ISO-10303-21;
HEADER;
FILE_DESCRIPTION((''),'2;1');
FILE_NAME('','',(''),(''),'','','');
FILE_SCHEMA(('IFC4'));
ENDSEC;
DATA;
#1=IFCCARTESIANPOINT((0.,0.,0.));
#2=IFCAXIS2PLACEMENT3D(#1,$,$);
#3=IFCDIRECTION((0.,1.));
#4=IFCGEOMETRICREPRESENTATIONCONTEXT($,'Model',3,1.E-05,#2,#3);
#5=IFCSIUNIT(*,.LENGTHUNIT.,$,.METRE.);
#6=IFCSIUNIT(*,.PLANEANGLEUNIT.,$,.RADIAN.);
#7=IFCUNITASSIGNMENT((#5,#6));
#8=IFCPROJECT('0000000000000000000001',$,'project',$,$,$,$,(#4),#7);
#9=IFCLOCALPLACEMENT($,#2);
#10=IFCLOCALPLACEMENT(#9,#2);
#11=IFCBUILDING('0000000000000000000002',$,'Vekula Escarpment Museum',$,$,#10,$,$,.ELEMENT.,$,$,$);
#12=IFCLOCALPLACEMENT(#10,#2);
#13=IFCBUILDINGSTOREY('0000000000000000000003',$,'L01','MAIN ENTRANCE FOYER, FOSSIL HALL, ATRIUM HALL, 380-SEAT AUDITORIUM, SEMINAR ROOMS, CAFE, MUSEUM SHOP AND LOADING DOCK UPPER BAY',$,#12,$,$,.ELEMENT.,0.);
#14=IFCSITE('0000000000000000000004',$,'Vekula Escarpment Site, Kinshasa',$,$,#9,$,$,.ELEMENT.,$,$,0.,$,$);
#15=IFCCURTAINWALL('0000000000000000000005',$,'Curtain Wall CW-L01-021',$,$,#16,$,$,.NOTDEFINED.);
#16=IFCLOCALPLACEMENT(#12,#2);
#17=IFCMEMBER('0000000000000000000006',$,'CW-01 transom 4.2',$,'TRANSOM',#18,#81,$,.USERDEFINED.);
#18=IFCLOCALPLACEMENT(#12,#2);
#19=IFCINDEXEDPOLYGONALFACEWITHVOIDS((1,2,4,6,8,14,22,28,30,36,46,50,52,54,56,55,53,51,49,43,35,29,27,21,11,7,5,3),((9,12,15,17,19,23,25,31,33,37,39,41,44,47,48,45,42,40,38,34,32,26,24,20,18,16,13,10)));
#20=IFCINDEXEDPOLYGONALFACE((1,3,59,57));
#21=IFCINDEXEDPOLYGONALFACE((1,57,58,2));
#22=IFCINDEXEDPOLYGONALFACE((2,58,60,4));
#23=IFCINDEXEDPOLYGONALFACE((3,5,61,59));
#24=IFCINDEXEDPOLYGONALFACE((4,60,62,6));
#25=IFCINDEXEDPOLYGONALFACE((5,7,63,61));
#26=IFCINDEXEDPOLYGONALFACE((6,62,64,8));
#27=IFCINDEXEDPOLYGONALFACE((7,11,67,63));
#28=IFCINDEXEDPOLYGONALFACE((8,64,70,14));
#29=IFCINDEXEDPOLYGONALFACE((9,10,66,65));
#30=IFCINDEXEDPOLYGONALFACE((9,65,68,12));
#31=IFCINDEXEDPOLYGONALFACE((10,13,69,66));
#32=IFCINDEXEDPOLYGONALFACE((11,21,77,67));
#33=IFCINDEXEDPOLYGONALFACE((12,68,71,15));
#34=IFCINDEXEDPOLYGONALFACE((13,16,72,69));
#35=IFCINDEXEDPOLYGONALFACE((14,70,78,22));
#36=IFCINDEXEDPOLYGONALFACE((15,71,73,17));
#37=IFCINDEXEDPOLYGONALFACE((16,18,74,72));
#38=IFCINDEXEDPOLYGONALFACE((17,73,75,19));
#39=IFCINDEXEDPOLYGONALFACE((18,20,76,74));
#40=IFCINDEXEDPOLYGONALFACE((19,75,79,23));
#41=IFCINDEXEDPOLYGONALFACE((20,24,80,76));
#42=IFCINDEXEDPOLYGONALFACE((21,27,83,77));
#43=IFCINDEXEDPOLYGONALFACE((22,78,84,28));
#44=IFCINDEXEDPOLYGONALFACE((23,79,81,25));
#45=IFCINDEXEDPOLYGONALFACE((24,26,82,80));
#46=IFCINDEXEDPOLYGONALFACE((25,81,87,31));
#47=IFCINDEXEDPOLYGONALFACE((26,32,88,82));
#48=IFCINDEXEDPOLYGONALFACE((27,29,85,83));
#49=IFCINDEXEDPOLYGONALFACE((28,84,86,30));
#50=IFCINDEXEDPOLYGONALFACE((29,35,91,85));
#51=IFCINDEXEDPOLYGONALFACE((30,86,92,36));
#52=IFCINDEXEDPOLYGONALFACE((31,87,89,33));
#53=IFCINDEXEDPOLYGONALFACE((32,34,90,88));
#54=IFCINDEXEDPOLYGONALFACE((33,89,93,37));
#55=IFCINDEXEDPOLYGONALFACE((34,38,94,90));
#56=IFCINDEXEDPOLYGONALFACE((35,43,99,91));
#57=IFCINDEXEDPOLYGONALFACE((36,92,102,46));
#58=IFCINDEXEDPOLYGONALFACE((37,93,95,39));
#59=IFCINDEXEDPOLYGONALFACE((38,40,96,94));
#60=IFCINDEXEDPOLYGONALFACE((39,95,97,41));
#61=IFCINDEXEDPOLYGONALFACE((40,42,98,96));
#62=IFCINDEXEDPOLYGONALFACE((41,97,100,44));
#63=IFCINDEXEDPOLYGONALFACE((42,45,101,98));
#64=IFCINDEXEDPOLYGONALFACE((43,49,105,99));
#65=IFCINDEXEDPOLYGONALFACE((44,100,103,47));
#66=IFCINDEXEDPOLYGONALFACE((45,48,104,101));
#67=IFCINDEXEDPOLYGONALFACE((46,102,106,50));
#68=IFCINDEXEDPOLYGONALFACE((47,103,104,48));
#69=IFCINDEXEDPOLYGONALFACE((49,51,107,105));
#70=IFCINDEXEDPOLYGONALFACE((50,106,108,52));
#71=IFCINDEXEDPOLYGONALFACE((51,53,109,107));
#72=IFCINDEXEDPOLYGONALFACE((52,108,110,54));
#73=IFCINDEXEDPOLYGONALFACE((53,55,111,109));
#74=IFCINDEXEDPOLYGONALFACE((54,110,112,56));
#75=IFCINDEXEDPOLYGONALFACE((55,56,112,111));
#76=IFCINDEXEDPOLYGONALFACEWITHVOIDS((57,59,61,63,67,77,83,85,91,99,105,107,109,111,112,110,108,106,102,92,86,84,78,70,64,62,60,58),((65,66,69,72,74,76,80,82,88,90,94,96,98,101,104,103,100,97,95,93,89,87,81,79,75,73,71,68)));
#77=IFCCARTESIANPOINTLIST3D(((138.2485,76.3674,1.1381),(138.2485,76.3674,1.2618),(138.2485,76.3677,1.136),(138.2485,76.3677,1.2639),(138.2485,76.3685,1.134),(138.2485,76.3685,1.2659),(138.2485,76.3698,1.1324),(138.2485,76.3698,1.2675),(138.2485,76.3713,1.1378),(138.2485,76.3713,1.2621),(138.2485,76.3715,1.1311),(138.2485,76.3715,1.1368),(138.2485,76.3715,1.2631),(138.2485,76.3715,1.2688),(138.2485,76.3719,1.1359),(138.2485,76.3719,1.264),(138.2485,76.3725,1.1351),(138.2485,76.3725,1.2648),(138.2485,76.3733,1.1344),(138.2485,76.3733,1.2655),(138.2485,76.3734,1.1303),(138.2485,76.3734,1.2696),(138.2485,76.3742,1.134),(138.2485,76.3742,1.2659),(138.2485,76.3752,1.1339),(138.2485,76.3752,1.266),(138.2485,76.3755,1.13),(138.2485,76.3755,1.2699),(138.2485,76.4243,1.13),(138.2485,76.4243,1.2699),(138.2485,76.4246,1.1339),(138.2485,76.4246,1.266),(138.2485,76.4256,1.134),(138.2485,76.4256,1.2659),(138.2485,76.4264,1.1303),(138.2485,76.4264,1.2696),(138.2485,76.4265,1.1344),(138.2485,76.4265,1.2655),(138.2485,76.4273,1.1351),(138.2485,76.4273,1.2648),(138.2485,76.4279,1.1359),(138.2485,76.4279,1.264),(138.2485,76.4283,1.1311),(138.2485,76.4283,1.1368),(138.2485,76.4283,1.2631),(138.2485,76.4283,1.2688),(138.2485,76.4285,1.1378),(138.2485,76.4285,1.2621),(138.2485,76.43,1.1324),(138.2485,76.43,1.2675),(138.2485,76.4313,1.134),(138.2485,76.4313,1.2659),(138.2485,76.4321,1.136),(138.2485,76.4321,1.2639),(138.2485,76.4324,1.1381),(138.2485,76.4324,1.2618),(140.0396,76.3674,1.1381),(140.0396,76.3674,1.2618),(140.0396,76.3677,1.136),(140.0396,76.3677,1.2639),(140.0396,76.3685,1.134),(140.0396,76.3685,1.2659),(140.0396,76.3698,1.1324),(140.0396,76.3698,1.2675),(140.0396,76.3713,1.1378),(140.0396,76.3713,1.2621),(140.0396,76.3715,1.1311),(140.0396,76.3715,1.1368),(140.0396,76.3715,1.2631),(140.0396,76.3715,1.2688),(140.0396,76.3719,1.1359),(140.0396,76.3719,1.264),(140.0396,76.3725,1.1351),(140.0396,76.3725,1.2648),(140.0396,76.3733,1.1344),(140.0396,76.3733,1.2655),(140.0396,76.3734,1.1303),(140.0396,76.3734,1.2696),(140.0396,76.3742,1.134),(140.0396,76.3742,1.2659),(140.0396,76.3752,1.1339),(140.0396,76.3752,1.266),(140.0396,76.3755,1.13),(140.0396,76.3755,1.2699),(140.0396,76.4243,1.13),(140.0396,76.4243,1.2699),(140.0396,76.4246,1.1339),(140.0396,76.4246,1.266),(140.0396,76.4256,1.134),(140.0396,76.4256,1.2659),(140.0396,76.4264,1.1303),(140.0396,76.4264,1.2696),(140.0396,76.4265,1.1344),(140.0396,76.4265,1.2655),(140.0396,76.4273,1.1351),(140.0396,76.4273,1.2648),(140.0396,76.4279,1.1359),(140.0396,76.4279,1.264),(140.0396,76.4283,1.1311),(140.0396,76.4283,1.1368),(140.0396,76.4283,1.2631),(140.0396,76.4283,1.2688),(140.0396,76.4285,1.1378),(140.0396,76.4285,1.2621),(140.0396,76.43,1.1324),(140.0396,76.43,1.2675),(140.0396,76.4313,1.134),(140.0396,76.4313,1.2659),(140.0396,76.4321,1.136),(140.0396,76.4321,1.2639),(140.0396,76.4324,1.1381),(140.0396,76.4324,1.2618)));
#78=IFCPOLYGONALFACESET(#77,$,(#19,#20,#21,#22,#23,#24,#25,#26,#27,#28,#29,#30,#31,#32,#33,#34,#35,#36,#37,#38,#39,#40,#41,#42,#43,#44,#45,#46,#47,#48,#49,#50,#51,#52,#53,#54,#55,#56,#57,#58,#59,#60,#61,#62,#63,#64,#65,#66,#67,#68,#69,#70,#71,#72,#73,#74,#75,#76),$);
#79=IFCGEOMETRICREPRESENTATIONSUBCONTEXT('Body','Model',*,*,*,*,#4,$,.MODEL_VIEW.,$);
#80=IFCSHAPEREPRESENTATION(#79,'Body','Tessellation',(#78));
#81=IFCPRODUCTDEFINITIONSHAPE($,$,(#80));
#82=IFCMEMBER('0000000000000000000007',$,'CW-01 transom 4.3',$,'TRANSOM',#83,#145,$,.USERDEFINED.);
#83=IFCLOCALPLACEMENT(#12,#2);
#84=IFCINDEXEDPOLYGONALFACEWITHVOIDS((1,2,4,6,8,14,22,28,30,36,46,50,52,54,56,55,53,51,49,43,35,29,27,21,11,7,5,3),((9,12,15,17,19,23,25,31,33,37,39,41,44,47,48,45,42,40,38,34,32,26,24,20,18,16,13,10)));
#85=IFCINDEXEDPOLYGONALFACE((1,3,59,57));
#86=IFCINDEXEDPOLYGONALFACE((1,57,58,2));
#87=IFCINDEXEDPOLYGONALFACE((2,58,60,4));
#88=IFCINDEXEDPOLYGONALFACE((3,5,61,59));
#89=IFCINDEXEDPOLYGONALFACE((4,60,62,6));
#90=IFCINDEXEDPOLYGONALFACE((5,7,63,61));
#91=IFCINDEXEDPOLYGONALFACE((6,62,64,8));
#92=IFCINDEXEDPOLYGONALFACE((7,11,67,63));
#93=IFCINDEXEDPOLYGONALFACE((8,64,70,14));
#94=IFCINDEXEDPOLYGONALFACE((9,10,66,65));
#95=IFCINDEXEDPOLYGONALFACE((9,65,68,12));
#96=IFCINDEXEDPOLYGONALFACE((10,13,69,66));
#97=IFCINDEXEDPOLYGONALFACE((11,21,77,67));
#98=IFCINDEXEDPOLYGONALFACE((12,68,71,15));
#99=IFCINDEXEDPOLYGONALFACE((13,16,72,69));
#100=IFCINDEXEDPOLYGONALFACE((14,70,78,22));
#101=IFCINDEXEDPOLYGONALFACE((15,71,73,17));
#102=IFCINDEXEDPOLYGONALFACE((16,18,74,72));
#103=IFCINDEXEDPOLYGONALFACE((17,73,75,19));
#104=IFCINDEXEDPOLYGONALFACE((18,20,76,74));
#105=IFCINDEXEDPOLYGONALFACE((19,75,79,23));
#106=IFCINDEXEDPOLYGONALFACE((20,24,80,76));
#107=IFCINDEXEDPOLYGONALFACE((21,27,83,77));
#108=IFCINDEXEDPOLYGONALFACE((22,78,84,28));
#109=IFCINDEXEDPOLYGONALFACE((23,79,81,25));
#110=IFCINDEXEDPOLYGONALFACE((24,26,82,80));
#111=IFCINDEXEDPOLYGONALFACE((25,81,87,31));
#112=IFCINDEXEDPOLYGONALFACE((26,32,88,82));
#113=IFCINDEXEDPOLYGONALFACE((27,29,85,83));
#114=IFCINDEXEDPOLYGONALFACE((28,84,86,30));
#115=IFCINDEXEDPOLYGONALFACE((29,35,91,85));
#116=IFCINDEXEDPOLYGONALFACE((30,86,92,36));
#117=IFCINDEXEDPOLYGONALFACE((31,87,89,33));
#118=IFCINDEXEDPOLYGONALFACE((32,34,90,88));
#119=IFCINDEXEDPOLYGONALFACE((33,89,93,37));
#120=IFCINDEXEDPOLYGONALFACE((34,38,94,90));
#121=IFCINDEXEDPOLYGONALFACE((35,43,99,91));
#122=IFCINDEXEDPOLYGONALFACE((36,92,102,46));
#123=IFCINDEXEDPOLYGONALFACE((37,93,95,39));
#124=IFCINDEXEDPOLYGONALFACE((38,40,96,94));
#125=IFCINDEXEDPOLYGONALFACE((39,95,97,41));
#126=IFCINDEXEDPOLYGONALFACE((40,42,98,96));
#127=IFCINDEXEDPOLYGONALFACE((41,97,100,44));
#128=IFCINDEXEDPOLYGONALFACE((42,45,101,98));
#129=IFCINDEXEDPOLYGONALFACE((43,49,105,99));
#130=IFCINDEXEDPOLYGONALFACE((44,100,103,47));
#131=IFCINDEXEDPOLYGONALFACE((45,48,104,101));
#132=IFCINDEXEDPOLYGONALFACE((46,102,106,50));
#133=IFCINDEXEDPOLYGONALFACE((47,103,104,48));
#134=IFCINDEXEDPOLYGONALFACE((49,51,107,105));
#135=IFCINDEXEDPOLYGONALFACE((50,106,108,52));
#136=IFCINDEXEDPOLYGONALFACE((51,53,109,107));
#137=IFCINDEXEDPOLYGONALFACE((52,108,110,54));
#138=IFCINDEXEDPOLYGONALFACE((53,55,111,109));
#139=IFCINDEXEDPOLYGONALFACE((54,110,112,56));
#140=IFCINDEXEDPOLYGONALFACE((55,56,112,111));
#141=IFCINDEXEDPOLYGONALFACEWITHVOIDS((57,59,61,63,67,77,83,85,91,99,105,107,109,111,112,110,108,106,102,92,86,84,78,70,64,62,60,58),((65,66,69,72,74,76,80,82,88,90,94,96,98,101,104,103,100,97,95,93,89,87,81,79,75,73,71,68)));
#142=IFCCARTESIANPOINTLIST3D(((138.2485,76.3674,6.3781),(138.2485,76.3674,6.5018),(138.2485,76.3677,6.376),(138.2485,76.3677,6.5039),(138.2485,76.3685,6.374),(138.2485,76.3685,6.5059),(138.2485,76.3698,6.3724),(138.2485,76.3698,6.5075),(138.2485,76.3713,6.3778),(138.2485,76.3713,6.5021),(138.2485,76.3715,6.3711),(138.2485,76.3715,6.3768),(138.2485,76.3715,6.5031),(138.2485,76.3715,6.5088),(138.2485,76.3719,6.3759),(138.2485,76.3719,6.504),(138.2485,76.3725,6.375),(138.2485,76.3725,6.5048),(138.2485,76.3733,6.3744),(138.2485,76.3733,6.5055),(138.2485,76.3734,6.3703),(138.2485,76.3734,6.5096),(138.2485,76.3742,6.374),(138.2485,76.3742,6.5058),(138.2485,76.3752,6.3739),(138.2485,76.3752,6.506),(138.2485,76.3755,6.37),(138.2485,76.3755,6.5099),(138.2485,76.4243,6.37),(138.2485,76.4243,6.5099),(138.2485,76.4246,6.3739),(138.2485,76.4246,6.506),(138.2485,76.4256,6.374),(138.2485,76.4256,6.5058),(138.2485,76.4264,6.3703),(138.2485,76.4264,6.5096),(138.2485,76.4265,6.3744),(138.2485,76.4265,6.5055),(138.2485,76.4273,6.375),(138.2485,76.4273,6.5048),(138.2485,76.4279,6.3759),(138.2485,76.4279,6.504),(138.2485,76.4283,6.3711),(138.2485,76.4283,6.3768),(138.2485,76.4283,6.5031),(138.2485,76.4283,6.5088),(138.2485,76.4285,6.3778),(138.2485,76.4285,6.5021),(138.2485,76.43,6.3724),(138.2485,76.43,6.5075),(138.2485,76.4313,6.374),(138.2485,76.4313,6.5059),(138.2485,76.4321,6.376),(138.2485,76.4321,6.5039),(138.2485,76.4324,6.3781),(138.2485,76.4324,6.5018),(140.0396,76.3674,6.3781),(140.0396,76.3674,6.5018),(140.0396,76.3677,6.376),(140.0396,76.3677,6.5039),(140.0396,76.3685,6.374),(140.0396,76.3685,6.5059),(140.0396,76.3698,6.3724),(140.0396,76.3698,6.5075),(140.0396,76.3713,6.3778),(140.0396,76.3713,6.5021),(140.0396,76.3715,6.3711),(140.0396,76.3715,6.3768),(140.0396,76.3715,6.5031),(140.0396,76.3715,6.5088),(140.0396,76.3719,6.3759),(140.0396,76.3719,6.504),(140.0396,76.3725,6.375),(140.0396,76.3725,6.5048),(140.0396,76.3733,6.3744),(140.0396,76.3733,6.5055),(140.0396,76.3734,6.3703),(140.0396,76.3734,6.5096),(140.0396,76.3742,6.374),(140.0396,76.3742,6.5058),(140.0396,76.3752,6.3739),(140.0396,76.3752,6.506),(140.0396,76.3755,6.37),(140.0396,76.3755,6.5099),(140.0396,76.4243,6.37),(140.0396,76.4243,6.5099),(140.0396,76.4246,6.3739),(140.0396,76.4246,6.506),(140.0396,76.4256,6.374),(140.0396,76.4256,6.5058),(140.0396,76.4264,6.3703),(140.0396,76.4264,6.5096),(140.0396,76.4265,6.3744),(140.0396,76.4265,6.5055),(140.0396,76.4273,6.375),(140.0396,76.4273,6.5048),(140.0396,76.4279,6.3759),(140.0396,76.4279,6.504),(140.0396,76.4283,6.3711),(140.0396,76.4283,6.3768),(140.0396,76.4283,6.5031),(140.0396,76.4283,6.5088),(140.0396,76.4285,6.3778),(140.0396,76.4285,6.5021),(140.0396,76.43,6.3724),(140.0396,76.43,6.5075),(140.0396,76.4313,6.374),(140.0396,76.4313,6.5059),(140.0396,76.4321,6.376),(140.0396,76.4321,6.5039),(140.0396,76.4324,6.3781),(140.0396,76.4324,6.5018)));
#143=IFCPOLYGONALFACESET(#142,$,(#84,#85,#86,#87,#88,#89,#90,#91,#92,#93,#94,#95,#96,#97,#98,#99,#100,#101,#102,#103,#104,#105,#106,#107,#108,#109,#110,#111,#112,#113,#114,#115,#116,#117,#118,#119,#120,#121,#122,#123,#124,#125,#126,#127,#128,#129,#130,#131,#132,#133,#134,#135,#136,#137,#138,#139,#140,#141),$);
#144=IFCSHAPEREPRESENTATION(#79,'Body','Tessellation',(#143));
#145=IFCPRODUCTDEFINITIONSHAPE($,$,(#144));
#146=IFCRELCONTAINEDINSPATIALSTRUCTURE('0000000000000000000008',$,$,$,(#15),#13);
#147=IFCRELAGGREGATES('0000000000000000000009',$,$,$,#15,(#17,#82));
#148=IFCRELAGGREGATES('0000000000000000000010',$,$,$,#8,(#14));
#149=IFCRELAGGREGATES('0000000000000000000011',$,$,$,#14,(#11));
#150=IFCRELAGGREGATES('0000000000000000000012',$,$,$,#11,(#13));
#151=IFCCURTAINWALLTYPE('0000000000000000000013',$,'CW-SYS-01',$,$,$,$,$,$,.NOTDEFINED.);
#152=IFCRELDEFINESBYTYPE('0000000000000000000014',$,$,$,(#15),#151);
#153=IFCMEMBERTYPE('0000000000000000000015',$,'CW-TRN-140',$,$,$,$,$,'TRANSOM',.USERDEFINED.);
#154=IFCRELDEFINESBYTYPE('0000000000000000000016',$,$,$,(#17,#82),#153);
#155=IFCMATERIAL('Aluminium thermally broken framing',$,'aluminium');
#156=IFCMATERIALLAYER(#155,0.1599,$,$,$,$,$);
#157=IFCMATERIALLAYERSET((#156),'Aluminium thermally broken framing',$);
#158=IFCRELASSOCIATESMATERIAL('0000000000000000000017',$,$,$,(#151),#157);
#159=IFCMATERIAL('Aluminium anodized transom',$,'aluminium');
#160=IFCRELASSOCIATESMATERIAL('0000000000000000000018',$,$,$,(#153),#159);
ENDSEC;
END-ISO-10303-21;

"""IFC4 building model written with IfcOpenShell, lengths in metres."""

from ifc_helpers import new_model, si_unit, direction, frame, origin, origin_2d, place, context, subcontext, project, spatial, hollow_rectangle, extrude, material, layer, layer_set, material_profile, profile_set, type_object, element, aggregate, save


model = new_model("IFC4")

# Units and contexts
model_context = context("Model", 3, precision=1e-05, world=origin(), true_north=direction((0.0, 1.0)))
body_context = subcontext(model_context, "Body", "Model", "MODEL_VIEW")
ifc_project = project(units=[si_unit("LENGTHUNIT", "METRE"), si_unit("PLANEANGLEUNIT", "RADIAN")], contexts=[model_context])

# Site, building, storey
site_placement = place(None, origin())
site = spatial("IfcSite", under=ifc_project, at=site_placement, Name="Vekula Escarpment Site, Kinshasa", CompositionType="ELEMENT", RefElevation=0.0)
building_placement = place(site_placement, origin())
building = spatial("IfcBuilding", under=site, at=building_placement, Name="Vekula Escarpment Museum", CompositionType="ELEMENT")
storey_placement = place(building_placement, origin())
storey = spatial("IfcBuildingStorey", under=building, at=storey_placement, Name="L01", Description="MAIN ENTRANCE FOYER, FOSSIL HALL, ATRIUM HALL, 380-SEAT AUDITORIUM, SEMINAR ROOMS, CAFE, MUSEUM SHOP AND LOADING DOCK UPPER BAY", CompositionType="ELEMENT", Elevation=0.0)

# Curtain wall, members
ifc_material_1 = material(Name="Aluminium thermally broken framing", Category="aluminium")
ifc_layer_1 = layer(ifc_material_1, 0.1599)
ifc_layer_set_1 = layer_set([ifc_layer_1], Name="Aluminium thermally broken framing")
curtain_wall_type = type_object("IfcCurtainWallType", Name="CW-SYS-01", PredefinedType="NOTDEFINED", material=ifc_layer_set_1)
curtain_wall_placement = place(storey_placement, origin())
curtain_wall = element("IfcCurtainWall", 1, at=curtain_wall_placement, inside=storey, type_object=curtain_wall_type, Name="Curtain Wall CW-L01-021", PredefinedType="NOTDEFINED")
ifc_material_2 = material(Name="Aluminium anodized transom", Category="aluminium")
ifc_material_profile_1 = material_profile(ifc_material_2, hollow_rectangle(XDim=0.0649, YDim=0.1399, WallThickness=0.0039, InnerFilletRadius=0.0039, OuterFilletRadius=0.0081, at=origin_2d()), Name="ALU 140x65x4")
ifc_profile_set_1 = profile_set([ifc_material_profile_1], Name="Aluminium anodized transom")
member_type_1 = type_object("IfcMemberType", Name="CW-TRN-140", ElementType="TRANSOM", PredefinedType="USERDEFINED", material=ifc_profile_set_1)
member_1_placement = place(storey_placement, frame((140.0396, 76.3999, 1.2), z_axis=(-1.0, 0.0, 0.0), x_axis=(0.0, -1.0, 0.0)))
member_1 = element("IfcMember", 2, at=member_1_placement, type_object=member_type_1, Name="CW-01 transom 4.2", ObjectType="TRANSOM", PredefinedType="USERDEFINED", context=body_context, shape_type="SweptSolid", body=[
    extrude(hollow_rectangle(XDim=0.0649, YDim=0.1399, WallThickness=0.0039, InnerFilletRadius=0.0039, OuterFilletRadius=0.0081, at=origin_2d()), origin(), (0.0, 0.0, 1.0), 1.791),
])
member_2_placement = place(storey_placement, frame((140.0396, 76.3999, 6.4399), z_axis=(-1.0, 0.0, 0.0), x_axis=(0.0, -1.0, 0.0)))
member_2 = element("IfcMember", 3, at=member_2_placement, type_object=member_type_1, Name="CW-01 transom 4.3", ObjectType="TRANSOM", PredefinedType="USERDEFINED", context=body_context, shape_type="SweptSolid", body=[
    extrude(hollow_rectangle(XDim=0.0649, YDim=0.1399, WallThickness=0.0039, InnerFilletRadius=0.0039, OuterFilletRadius=0.0081, at=origin_2d()), origin(), (0.0, 0.0, 1.0), 1.791),
])
aggregate(curtain_wall, [member_1, member_2])

save(model, "model.ifc")
